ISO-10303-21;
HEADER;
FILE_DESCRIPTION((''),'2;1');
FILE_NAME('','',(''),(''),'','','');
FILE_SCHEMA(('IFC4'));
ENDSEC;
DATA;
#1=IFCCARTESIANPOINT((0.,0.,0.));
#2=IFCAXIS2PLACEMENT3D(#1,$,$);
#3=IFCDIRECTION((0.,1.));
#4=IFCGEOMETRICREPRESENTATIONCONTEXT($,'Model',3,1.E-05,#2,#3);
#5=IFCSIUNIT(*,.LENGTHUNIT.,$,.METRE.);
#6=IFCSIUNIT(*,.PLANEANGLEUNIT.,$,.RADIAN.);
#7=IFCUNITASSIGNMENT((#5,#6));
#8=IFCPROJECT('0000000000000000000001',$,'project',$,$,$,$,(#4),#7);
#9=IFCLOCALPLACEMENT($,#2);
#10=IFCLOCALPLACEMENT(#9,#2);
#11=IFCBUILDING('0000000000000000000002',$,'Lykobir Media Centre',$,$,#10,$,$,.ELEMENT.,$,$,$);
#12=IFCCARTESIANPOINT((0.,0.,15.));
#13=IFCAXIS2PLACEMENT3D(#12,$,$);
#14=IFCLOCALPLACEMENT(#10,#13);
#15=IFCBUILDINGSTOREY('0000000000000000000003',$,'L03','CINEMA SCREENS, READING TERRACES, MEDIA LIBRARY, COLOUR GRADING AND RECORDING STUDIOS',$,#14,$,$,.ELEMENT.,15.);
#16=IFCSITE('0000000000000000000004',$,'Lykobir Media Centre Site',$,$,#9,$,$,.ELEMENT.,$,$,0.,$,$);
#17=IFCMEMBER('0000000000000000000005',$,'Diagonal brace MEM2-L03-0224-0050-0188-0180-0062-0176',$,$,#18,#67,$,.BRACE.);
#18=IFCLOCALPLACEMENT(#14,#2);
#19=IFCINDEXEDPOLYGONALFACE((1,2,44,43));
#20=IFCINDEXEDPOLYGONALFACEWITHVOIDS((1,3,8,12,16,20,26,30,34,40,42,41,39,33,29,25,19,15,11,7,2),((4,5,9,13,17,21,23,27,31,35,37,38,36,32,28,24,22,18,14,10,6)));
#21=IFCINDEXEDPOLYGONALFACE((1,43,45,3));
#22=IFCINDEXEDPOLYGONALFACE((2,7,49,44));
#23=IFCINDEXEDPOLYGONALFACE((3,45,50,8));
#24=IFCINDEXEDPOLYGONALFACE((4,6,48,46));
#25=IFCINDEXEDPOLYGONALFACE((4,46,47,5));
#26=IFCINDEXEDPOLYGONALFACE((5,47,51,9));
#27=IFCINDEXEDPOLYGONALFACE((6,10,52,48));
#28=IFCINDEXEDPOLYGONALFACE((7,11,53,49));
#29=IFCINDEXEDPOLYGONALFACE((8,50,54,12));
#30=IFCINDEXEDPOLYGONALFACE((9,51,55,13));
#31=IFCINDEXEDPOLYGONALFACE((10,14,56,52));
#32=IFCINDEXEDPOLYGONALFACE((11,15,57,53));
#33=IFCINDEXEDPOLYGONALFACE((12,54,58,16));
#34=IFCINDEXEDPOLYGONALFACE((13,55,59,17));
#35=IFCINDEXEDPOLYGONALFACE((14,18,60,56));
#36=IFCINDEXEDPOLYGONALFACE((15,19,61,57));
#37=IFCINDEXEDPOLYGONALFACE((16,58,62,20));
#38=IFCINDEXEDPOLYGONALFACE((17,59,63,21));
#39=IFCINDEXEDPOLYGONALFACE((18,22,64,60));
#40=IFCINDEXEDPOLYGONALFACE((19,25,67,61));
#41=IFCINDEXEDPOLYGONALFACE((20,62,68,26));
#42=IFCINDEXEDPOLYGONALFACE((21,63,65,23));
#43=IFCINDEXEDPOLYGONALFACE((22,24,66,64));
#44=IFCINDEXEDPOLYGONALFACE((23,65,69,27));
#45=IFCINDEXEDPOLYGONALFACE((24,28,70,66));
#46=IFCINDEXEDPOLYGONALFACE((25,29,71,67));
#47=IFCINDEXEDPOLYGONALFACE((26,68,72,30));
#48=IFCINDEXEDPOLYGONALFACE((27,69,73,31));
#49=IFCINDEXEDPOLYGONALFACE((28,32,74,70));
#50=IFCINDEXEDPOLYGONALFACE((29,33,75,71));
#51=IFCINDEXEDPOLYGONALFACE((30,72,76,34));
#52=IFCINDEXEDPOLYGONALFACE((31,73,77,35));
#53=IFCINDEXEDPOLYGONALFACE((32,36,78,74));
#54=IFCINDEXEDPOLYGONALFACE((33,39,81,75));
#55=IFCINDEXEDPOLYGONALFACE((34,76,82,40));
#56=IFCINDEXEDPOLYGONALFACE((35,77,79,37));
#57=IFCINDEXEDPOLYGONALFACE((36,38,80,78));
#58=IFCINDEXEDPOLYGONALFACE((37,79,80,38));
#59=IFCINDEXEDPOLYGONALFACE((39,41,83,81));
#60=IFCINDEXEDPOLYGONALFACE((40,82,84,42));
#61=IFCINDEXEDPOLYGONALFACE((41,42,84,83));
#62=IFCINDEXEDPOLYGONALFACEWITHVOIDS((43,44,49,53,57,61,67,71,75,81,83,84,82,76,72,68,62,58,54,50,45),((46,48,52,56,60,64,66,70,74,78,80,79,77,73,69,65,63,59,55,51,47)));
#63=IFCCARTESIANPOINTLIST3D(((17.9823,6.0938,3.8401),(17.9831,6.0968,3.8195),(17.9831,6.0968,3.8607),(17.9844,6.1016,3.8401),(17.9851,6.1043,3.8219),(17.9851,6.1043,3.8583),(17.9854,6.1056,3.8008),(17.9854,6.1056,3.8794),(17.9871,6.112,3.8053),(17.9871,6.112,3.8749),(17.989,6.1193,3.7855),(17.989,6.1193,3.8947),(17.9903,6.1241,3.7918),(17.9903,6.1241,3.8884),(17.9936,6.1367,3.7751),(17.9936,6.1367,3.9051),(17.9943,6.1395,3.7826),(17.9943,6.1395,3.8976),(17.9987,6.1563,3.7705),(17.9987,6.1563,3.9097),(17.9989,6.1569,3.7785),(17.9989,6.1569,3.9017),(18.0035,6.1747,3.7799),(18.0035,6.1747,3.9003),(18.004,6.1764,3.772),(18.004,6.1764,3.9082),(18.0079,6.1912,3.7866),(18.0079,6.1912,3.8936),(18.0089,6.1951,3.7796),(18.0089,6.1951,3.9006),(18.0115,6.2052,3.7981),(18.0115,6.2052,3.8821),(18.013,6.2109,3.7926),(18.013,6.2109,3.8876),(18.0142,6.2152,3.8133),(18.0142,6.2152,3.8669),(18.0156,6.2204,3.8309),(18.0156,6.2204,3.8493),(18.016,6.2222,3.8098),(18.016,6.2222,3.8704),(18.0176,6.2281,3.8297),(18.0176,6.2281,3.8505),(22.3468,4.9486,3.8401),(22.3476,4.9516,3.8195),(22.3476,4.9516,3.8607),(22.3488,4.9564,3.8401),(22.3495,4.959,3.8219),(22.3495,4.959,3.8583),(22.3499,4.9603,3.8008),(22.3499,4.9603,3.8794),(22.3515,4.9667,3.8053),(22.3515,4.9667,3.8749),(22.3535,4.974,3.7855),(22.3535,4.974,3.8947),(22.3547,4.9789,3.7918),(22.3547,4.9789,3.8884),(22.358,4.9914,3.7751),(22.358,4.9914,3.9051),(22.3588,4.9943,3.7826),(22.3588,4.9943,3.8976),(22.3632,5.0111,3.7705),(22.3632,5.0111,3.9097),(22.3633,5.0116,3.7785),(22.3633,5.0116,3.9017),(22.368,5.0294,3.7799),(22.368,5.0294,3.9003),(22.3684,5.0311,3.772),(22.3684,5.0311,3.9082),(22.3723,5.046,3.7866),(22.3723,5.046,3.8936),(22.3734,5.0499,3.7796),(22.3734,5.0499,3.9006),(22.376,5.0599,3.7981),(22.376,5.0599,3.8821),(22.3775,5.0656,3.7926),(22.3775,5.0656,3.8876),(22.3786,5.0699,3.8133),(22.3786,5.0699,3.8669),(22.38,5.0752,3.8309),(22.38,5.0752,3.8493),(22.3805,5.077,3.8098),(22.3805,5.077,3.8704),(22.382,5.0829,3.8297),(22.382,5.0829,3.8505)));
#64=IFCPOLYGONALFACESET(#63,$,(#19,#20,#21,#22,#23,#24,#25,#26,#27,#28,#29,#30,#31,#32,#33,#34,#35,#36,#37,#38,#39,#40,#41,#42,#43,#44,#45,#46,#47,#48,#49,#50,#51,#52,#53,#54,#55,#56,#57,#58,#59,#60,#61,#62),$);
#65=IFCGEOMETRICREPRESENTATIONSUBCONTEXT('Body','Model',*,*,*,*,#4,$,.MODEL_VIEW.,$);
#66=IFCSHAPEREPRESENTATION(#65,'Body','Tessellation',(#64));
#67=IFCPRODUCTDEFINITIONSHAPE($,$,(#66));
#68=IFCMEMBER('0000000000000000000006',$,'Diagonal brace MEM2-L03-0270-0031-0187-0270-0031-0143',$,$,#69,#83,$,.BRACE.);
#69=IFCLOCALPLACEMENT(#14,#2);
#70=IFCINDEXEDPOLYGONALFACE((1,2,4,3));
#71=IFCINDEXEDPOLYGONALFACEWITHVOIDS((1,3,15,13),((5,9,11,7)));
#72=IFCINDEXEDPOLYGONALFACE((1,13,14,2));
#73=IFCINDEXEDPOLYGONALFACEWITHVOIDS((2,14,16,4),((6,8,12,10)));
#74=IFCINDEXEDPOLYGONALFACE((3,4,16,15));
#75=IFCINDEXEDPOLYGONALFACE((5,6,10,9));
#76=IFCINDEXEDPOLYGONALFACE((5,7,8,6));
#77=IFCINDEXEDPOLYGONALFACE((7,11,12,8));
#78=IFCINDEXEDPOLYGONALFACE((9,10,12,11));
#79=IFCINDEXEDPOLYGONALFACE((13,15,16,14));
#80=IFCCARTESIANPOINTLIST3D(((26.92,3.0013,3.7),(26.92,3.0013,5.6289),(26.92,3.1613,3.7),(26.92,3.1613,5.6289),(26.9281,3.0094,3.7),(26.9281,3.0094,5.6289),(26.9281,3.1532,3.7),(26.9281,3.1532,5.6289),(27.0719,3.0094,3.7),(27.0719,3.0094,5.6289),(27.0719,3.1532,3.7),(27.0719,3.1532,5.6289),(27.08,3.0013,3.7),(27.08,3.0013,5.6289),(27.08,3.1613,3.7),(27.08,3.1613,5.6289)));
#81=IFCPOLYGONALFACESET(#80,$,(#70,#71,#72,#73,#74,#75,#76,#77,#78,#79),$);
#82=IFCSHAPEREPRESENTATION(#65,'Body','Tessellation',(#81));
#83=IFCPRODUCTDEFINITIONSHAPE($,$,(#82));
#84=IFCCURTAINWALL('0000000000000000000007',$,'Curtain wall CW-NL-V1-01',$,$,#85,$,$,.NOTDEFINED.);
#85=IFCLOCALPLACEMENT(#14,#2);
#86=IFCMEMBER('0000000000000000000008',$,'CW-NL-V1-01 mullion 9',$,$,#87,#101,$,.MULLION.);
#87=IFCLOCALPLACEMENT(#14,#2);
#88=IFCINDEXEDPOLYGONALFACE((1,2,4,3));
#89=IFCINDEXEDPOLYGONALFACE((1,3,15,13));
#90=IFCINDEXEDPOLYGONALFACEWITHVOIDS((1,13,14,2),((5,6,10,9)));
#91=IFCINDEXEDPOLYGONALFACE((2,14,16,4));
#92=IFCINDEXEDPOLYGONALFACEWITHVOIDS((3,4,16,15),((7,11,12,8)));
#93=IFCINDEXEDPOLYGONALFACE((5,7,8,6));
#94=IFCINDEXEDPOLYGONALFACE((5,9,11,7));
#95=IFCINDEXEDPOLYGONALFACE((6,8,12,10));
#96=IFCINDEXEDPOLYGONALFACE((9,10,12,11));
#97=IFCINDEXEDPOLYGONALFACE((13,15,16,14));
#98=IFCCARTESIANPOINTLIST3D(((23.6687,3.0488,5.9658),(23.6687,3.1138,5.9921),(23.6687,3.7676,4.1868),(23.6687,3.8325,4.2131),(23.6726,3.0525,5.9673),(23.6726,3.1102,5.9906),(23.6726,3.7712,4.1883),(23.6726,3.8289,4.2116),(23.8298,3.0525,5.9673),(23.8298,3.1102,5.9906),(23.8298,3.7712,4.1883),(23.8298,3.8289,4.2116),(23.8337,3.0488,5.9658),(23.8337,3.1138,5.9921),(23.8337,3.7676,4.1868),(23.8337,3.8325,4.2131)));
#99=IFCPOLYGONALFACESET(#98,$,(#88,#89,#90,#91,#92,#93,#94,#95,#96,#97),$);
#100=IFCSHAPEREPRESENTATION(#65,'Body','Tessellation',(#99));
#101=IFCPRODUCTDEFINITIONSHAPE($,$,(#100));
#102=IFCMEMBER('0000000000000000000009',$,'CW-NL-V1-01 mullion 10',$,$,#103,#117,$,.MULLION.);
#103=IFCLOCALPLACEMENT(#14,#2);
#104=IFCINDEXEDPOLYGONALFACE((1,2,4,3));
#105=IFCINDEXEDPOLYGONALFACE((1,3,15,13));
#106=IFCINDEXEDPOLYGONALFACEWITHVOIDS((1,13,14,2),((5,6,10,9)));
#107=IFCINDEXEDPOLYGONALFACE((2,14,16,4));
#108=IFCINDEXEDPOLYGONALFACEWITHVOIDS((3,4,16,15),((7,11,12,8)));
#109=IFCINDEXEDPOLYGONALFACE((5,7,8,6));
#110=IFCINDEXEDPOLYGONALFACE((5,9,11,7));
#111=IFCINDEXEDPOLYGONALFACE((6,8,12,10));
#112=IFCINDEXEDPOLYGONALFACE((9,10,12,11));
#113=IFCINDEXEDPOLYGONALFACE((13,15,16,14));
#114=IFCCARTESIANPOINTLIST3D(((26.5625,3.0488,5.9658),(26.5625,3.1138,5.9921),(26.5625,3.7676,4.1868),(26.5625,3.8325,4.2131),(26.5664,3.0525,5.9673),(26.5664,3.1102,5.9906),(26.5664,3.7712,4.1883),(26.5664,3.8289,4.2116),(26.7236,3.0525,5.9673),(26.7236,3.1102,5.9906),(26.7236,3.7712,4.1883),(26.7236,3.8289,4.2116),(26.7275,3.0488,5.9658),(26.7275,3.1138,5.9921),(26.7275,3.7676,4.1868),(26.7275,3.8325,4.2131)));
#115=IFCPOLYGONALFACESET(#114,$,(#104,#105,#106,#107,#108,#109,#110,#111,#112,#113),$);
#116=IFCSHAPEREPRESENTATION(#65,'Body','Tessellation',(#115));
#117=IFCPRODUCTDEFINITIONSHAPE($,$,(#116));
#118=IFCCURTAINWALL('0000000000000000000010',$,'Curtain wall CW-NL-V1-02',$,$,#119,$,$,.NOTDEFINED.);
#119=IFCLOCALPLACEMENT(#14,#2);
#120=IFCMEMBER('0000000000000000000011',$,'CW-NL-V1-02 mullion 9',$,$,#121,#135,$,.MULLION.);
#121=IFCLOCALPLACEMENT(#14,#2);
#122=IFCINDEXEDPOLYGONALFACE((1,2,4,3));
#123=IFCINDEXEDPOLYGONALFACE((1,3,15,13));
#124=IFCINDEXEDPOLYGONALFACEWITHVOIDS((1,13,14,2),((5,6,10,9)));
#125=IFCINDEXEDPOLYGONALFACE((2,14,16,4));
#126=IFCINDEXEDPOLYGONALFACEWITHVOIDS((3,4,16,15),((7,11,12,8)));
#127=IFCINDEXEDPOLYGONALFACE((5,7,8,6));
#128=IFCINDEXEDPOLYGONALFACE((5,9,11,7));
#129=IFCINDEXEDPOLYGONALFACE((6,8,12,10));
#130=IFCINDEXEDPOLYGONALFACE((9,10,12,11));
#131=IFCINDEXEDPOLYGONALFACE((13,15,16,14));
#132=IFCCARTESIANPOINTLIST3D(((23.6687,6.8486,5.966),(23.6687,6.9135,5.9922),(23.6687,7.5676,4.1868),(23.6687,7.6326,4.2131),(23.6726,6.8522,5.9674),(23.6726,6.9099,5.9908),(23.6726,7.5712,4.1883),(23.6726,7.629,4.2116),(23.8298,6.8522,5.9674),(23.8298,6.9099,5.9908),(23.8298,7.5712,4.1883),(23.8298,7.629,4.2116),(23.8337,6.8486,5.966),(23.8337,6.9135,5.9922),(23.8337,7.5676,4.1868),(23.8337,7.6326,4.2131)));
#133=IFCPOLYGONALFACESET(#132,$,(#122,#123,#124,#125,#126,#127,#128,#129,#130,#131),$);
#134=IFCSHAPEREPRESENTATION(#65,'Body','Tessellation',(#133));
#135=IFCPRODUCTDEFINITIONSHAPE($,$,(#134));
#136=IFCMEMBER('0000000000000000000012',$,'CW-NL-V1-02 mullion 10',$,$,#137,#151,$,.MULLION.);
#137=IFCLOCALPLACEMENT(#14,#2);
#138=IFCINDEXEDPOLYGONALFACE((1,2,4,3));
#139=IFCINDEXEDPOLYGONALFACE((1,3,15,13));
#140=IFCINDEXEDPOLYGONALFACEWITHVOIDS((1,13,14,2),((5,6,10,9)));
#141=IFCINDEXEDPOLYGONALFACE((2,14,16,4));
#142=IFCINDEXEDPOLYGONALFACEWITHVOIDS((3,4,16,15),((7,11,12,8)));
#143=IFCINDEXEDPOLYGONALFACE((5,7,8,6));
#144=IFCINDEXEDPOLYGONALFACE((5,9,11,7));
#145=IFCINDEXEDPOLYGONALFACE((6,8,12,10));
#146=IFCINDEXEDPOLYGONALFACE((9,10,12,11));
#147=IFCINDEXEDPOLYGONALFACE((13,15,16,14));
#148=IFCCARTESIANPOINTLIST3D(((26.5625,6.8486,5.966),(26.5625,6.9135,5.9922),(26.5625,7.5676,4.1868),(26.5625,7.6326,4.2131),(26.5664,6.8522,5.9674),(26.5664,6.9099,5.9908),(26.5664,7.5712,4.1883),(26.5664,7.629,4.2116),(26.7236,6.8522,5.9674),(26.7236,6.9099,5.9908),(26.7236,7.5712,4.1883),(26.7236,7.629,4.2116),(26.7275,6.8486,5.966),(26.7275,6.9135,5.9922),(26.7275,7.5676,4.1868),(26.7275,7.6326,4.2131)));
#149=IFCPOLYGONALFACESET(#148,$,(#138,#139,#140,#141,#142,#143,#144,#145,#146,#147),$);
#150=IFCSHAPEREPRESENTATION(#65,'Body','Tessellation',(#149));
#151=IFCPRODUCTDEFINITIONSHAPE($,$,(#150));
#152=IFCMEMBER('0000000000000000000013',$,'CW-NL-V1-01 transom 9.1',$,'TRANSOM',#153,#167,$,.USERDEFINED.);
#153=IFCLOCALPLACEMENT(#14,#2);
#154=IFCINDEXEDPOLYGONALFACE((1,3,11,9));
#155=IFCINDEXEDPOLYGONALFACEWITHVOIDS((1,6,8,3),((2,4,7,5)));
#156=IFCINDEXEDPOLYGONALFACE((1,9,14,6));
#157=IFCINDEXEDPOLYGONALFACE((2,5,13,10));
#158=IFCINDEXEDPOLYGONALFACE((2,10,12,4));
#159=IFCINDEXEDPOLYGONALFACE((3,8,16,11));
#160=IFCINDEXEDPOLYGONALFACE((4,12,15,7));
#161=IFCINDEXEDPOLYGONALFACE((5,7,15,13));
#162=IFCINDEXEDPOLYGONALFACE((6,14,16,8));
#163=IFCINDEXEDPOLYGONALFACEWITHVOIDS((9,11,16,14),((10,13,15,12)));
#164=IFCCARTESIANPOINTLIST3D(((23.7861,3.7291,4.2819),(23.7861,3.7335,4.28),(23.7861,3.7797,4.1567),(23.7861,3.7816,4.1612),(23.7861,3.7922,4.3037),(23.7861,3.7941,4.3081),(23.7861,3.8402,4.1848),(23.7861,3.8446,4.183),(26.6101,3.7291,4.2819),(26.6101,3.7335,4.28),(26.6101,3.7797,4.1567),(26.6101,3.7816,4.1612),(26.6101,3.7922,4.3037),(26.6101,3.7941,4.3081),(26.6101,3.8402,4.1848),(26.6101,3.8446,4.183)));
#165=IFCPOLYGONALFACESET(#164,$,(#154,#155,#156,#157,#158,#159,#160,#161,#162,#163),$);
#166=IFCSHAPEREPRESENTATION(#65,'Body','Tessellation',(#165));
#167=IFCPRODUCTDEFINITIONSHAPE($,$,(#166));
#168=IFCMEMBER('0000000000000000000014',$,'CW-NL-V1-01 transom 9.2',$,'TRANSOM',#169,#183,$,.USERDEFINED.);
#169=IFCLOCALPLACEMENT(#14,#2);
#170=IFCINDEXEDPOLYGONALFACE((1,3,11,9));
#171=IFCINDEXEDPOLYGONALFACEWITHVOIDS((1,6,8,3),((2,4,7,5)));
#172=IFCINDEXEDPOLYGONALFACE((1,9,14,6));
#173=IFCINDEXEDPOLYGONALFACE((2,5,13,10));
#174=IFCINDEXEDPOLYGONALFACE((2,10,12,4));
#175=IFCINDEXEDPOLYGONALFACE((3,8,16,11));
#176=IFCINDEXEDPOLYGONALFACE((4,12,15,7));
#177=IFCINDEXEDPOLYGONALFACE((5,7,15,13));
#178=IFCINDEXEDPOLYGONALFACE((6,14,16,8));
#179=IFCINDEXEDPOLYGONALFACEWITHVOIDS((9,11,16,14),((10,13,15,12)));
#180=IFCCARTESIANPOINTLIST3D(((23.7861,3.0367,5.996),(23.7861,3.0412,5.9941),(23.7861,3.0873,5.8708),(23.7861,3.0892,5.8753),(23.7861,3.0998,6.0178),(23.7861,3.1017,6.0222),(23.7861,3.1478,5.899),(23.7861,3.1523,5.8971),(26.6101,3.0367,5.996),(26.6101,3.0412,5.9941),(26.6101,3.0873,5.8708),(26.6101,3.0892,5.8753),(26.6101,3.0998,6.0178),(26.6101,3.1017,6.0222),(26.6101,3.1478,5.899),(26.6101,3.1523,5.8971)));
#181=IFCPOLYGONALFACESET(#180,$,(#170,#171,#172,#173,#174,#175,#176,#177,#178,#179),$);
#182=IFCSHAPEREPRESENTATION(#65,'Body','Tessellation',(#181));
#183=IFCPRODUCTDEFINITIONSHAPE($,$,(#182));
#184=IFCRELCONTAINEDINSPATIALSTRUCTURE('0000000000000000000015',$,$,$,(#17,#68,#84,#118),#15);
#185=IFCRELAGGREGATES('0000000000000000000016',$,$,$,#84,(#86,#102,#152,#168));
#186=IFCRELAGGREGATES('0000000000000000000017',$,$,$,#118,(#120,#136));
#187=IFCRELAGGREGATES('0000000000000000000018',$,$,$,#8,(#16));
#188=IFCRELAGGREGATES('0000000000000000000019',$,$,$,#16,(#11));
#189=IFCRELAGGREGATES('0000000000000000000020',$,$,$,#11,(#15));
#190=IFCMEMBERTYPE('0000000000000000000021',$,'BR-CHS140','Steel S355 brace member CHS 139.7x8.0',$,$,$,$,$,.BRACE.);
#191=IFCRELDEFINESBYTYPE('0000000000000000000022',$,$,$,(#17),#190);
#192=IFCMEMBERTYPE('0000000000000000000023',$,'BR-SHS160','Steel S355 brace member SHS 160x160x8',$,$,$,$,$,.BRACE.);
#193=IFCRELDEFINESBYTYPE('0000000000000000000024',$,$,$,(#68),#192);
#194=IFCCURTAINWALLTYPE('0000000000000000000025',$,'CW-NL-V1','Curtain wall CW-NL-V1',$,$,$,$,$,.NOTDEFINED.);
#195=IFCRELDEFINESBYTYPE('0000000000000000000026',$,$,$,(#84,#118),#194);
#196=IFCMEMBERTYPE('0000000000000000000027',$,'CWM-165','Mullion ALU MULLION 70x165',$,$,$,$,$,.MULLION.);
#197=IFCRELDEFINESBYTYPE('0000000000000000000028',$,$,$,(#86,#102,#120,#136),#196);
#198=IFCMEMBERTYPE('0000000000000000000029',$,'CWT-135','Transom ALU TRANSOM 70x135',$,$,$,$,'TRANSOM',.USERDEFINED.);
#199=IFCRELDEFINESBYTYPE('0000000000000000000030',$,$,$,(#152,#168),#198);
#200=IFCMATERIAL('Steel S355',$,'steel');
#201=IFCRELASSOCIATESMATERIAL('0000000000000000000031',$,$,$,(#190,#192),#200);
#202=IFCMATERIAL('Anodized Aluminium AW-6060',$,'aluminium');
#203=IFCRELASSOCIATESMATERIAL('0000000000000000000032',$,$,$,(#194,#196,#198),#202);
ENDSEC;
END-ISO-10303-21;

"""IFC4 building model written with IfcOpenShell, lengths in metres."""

from ifc_helpers import new_model, si_unit, direction, frame, origin, origin_2d, place, context, subcontext, project, spatial, hollow_rectangle, hollow_circle, extrude, material, material_profile, profile_set, type_object, element, aggregate, save


model = new_model("IFC4")

# Units and contexts
model_context = context("Model", 3, precision=1e-05, world=origin(), true_north=direction((0.0, 1.0)))
body_context = subcontext(model_context, "Body", "Model", "MODEL_VIEW")
ifc_project = project(units=[si_unit("LENGTHUNIT", "METRE"), si_unit("PLANEANGLEUNIT", "RADIAN")], contexts=[model_context])

# Site, building, storey
site_placement = place(None, origin())
site = spatial("IfcSite", under=ifc_project, at=site_placement, Name="Lykobir Media Centre Site", CompositionType="ELEMENT", RefElevation=0.0)
building_placement = place(site_placement, origin())
building = spatial("IfcBuilding", under=site, at=building_placement, Name="Lykobir Media Centre", CompositionType="ELEMENT")
storey_placement = place(building_placement, frame((0.0, 0.0, 15.0)))
storey = spatial("IfcBuildingStorey", under=building, at=storey_placement, Name="L03", Description="CINEMA SCREENS, READING TERRACES, MEDIA LIBRARY, COLOUR GRADING AND RECORDING STUDIOS", CompositionType="ELEMENT", Elevation=15.0)

# Members
ifc_material_1 = material(Name="Steel S355", Category="steel")
ifc_material_profile_1 = material_profile(ifc_material_1, hollow_circle(Radius=0.0698, WallThickness=0.0081, at=origin_2d()), Name="CHS 139.7x8.0")
ifc_profile_set_1 = profile_set([ifc_material_profile_1], Name="Steel S355")
member_type_1 = type_object("IfcMemberType", Name="BR-CHS140", Description="Steel S355 brace member CHS 139.7x8.0", PredefinedType="BRACE", material=ifc_profile_set_1)
member_1_placement = place(storey_placement, frame((22.3645, 5.0161, 3.8401), z_axis=(-0.967254, 0.253811, 0.0), x_axis=(-0.253811, -0.967254, 0.0)))
element("IfcMember", 1, at=member_1_placement, inside=storey, type_object=member_type_1, Name="Diagonal brace MEM2-L03-0224-0050-0188-0180-0062-0176", PredefinedType="BRACE", context=body_context, shape_type="SweptSolid", body=[
    extrude(hollow_circle(Radius=0.0698, WallThickness=0.0081, at=origin_2d()), origin(), (0.0, 0.0, 1.0), 4.5122),
])
ifc_material_profile_2 = material_profile(ifc_material_1, hollow_rectangle(XDim=0.1599, YDim=0.1599, WallThickness=0.0081, at=origin_2d()), Name="SHS 160x160x8")
ifc_profile_set_2 = profile_set([ifc_material_profile_2], Name="Steel S355")
member_type_2 = type_object("IfcMemberType", Name="BR-SHS160", Description="Steel S355 brace member SHS 160x160x8", PredefinedType="BRACE", material=ifc_profile_set_2)
member_2_placement = place(storey_placement, frame((27.0, 3.0813, 3.7), z_axis=(0.0, 0.0, 1.0), x_axis=(1.0, 0.0, 0.0)))
element("IfcMember", 2, at=member_2_placement, inside=storey, type_object=member_type_2, Name="Diagonal brace MEM2-L03-0270-0031-0187-0270-0031-0143", PredefinedType="BRACE", context=body_context, shape_type="SweptSolid", body=[
    extrude(hollow_rectangle(XDim=0.1599, YDim=0.1599, WallThickness=0.0081, at=origin_2d()), origin(), (0.0, 0.0, 1.0), 1.929),
])

# Curtain walls, members
ifc_material_2 = material(Name="Anodized Aluminium AW-6060", Category="aluminium")
curtain_wall_type = type_object("IfcCurtainWallType", Name="CW-NL-V1", Description="Curtain wall CW-NL-V1", PredefinedType="NOTDEFINED", material=ifc_material_2)
curtain_wall_1_placement = place(storey_placement, origin())
curtain_wall_1 = element("IfcCurtainWall", 3, at=curtain_wall_1_placement, inside=storey, type_object=curtain_wall_type, Name="Curtain wall CW-NL-V1-01", PredefinedType="NOTDEFINED")
ifc_material_profile_3 = material_profile(ifc_material_2, hollow_rectangle(XDim=0.0701, YDim=0.165, WallThickness=0.0039, at=origin_2d()), Name="ALU MULLION 70x165")
ifc_profile_set_3 = profile_set([ifc_material_profile_3], Name="Anodized Aluminium AW-6060")
member_type_3 = type_object("IfcMemberType", Name="CWM-165", Description="Mullion ALU MULLION 70x165", PredefinedType="MULLION", material=ifc_profile_set_3)
member_3_placement = place(storey_placement, frame((23.7512, 3.8, 4.2), z_axis=(0.0, -0.374591, 0.92719), x_axis=(0.0, 0.92719, 0.374591)))
member_3 = element("IfcMember", 4, at=member_3_placement, type_object=member_type_3, Name="CW-NL-V1-01 mullion 9", PredefinedType="MULLION", context=body_context, shape_type="SweptSolid", body=[
    extrude(hollow_rectangle(XDim=0.0701, YDim=0.165, WallThickness=0.0039, at=origin_2d()), origin(), (0.0, 0.0, 1.0), 1.9187),
])
member_4_placement = place(storey_placement, frame((26.645, 3.8, 4.2), z_axis=(0.0, -0.374591, 0.92719), x_axis=(0.0, 0.92719, 0.374591)))
member_4 = element("IfcMember", 5, at=member_4_placement, type_object=member_type_3, Name="CW-NL-V1-01 mullion 10", PredefinedType="MULLION", context=body_context, shape_type="SweptSolid", body=[
    extrude(hollow_rectangle(XDim=0.0701, YDim=0.165, WallThickness=0.0039, at=origin_2d()), origin(), (0.0, 0.0, 1.0), 1.9187),
])
curtain_wall_2_placement = place(storey_placement, origin())
curtain_wall_2 = element("IfcCurtainWall", 6, at=curtain_wall_2_placement, inside=storey, type_object=curtain_wall_type, Name="Curtain wall CW-NL-V1-02", PredefinedType="NOTDEFINED")
member_5_placement = place(storey_placement, frame((23.7512, 7.6001, 4.2), z_axis=(0.0, -0.374701, 0.927146), x_axis=(0.0, 0.927146, 0.374701)))
member_5 = element("IfcMember", 7, at=member_5_placement, type_object=member_type_3, Name="CW-NL-V1-02 mullion 9", PredefinedType="MULLION", context=body_context, shape_type="SweptSolid", body=[
    extrude(hollow_rectangle(XDim=0.0701, YDim=0.165, WallThickness=0.0039, at=origin_2d()), origin(), (0.0, 0.0, 1.0), 1.9189),
])
member_6_placement = place(storey_placement, frame((26.645, 7.6001, 4.2), z_axis=(0.0, -0.374701, 0.927146), x_axis=(0.0, 0.927146, 0.374701)))
member_6 = element("IfcMember", 8, at=member_6_placement, type_object=member_type_3, Name="CW-NL-V1-02 mullion 10", PredefinedType="MULLION", context=body_context, shape_type="SweptSolid", body=[
    extrude(hollow_rectangle(XDim=0.0701, YDim=0.165, WallThickness=0.0039, at=origin_2d()), origin(), (0.0, 0.0, 1.0), 1.9189),
])

# Members
ifc_material_profile_4 = material_profile(ifc_material_2, hollow_rectangle(XDim=0.0701, YDim=0.135, WallThickness=0.0034, at=origin_2d()), Name="ALU TRANSOM 70x135")
ifc_profile_set_4 = profile_set([ifc_material_profile_4], Name="Anodized Aluminium AW-6060")
member_type_4 = type_object("IfcMemberType", Name="CWT-135", Description="Transom ALU TRANSOM 70x135", ElementType="TRANSOM", PredefinedType="USERDEFINED", material=ifc_profile_set_4)
member_7_placement = place(storey_placement, frame((23.7861, 3.7869, 4.2324), z_axis=(1.0, 0.0, 0.0), x_axis=(0.0, 0.927184, 0.374607)))
member_7 = element("IfcMember", 9, at=member_7_placement, type_object=member_type_4, Name="CW-NL-V1-01 transom 9.1", ObjectType="TRANSOM", PredefinedType="USERDEFINED", context=body_context, shape_type="SweptSolid", body=[
    extrude(hollow_rectangle(XDim=0.0701, YDim=0.135, WallThickness=0.0034, at=origin_2d()), origin(), (0.0, 0.0, 1.0), 2.824),
])
member_8_placement = place(storey_placement, frame((23.7861, 3.0945, 5.9465), z_axis=(1.0, 0.0, 0.0), x_axis=(0.0, 0.927184, 0.374607)))
member_8 = element("IfcMember", 10, at=member_8_placement, type_object=member_type_4, Name="CW-NL-V1-01 transom 9.2", ObjectType="TRANSOM", PredefinedType="USERDEFINED", context=body_context, shape_type="SweptSolid", body=[
    extrude(hollow_rectangle(XDim=0.0701, YDim=0.135, WallThickness=0.0034, at=origin_2d()), origin(), (0.0, 0.0, 1.0), 2.824),
])

aggregate(curtain_wall_1, [member_3, member_4, member_7, member_8])
aggregate(curtain_wall_2, [member_5, member_6])

save(model, "model.ifc")
